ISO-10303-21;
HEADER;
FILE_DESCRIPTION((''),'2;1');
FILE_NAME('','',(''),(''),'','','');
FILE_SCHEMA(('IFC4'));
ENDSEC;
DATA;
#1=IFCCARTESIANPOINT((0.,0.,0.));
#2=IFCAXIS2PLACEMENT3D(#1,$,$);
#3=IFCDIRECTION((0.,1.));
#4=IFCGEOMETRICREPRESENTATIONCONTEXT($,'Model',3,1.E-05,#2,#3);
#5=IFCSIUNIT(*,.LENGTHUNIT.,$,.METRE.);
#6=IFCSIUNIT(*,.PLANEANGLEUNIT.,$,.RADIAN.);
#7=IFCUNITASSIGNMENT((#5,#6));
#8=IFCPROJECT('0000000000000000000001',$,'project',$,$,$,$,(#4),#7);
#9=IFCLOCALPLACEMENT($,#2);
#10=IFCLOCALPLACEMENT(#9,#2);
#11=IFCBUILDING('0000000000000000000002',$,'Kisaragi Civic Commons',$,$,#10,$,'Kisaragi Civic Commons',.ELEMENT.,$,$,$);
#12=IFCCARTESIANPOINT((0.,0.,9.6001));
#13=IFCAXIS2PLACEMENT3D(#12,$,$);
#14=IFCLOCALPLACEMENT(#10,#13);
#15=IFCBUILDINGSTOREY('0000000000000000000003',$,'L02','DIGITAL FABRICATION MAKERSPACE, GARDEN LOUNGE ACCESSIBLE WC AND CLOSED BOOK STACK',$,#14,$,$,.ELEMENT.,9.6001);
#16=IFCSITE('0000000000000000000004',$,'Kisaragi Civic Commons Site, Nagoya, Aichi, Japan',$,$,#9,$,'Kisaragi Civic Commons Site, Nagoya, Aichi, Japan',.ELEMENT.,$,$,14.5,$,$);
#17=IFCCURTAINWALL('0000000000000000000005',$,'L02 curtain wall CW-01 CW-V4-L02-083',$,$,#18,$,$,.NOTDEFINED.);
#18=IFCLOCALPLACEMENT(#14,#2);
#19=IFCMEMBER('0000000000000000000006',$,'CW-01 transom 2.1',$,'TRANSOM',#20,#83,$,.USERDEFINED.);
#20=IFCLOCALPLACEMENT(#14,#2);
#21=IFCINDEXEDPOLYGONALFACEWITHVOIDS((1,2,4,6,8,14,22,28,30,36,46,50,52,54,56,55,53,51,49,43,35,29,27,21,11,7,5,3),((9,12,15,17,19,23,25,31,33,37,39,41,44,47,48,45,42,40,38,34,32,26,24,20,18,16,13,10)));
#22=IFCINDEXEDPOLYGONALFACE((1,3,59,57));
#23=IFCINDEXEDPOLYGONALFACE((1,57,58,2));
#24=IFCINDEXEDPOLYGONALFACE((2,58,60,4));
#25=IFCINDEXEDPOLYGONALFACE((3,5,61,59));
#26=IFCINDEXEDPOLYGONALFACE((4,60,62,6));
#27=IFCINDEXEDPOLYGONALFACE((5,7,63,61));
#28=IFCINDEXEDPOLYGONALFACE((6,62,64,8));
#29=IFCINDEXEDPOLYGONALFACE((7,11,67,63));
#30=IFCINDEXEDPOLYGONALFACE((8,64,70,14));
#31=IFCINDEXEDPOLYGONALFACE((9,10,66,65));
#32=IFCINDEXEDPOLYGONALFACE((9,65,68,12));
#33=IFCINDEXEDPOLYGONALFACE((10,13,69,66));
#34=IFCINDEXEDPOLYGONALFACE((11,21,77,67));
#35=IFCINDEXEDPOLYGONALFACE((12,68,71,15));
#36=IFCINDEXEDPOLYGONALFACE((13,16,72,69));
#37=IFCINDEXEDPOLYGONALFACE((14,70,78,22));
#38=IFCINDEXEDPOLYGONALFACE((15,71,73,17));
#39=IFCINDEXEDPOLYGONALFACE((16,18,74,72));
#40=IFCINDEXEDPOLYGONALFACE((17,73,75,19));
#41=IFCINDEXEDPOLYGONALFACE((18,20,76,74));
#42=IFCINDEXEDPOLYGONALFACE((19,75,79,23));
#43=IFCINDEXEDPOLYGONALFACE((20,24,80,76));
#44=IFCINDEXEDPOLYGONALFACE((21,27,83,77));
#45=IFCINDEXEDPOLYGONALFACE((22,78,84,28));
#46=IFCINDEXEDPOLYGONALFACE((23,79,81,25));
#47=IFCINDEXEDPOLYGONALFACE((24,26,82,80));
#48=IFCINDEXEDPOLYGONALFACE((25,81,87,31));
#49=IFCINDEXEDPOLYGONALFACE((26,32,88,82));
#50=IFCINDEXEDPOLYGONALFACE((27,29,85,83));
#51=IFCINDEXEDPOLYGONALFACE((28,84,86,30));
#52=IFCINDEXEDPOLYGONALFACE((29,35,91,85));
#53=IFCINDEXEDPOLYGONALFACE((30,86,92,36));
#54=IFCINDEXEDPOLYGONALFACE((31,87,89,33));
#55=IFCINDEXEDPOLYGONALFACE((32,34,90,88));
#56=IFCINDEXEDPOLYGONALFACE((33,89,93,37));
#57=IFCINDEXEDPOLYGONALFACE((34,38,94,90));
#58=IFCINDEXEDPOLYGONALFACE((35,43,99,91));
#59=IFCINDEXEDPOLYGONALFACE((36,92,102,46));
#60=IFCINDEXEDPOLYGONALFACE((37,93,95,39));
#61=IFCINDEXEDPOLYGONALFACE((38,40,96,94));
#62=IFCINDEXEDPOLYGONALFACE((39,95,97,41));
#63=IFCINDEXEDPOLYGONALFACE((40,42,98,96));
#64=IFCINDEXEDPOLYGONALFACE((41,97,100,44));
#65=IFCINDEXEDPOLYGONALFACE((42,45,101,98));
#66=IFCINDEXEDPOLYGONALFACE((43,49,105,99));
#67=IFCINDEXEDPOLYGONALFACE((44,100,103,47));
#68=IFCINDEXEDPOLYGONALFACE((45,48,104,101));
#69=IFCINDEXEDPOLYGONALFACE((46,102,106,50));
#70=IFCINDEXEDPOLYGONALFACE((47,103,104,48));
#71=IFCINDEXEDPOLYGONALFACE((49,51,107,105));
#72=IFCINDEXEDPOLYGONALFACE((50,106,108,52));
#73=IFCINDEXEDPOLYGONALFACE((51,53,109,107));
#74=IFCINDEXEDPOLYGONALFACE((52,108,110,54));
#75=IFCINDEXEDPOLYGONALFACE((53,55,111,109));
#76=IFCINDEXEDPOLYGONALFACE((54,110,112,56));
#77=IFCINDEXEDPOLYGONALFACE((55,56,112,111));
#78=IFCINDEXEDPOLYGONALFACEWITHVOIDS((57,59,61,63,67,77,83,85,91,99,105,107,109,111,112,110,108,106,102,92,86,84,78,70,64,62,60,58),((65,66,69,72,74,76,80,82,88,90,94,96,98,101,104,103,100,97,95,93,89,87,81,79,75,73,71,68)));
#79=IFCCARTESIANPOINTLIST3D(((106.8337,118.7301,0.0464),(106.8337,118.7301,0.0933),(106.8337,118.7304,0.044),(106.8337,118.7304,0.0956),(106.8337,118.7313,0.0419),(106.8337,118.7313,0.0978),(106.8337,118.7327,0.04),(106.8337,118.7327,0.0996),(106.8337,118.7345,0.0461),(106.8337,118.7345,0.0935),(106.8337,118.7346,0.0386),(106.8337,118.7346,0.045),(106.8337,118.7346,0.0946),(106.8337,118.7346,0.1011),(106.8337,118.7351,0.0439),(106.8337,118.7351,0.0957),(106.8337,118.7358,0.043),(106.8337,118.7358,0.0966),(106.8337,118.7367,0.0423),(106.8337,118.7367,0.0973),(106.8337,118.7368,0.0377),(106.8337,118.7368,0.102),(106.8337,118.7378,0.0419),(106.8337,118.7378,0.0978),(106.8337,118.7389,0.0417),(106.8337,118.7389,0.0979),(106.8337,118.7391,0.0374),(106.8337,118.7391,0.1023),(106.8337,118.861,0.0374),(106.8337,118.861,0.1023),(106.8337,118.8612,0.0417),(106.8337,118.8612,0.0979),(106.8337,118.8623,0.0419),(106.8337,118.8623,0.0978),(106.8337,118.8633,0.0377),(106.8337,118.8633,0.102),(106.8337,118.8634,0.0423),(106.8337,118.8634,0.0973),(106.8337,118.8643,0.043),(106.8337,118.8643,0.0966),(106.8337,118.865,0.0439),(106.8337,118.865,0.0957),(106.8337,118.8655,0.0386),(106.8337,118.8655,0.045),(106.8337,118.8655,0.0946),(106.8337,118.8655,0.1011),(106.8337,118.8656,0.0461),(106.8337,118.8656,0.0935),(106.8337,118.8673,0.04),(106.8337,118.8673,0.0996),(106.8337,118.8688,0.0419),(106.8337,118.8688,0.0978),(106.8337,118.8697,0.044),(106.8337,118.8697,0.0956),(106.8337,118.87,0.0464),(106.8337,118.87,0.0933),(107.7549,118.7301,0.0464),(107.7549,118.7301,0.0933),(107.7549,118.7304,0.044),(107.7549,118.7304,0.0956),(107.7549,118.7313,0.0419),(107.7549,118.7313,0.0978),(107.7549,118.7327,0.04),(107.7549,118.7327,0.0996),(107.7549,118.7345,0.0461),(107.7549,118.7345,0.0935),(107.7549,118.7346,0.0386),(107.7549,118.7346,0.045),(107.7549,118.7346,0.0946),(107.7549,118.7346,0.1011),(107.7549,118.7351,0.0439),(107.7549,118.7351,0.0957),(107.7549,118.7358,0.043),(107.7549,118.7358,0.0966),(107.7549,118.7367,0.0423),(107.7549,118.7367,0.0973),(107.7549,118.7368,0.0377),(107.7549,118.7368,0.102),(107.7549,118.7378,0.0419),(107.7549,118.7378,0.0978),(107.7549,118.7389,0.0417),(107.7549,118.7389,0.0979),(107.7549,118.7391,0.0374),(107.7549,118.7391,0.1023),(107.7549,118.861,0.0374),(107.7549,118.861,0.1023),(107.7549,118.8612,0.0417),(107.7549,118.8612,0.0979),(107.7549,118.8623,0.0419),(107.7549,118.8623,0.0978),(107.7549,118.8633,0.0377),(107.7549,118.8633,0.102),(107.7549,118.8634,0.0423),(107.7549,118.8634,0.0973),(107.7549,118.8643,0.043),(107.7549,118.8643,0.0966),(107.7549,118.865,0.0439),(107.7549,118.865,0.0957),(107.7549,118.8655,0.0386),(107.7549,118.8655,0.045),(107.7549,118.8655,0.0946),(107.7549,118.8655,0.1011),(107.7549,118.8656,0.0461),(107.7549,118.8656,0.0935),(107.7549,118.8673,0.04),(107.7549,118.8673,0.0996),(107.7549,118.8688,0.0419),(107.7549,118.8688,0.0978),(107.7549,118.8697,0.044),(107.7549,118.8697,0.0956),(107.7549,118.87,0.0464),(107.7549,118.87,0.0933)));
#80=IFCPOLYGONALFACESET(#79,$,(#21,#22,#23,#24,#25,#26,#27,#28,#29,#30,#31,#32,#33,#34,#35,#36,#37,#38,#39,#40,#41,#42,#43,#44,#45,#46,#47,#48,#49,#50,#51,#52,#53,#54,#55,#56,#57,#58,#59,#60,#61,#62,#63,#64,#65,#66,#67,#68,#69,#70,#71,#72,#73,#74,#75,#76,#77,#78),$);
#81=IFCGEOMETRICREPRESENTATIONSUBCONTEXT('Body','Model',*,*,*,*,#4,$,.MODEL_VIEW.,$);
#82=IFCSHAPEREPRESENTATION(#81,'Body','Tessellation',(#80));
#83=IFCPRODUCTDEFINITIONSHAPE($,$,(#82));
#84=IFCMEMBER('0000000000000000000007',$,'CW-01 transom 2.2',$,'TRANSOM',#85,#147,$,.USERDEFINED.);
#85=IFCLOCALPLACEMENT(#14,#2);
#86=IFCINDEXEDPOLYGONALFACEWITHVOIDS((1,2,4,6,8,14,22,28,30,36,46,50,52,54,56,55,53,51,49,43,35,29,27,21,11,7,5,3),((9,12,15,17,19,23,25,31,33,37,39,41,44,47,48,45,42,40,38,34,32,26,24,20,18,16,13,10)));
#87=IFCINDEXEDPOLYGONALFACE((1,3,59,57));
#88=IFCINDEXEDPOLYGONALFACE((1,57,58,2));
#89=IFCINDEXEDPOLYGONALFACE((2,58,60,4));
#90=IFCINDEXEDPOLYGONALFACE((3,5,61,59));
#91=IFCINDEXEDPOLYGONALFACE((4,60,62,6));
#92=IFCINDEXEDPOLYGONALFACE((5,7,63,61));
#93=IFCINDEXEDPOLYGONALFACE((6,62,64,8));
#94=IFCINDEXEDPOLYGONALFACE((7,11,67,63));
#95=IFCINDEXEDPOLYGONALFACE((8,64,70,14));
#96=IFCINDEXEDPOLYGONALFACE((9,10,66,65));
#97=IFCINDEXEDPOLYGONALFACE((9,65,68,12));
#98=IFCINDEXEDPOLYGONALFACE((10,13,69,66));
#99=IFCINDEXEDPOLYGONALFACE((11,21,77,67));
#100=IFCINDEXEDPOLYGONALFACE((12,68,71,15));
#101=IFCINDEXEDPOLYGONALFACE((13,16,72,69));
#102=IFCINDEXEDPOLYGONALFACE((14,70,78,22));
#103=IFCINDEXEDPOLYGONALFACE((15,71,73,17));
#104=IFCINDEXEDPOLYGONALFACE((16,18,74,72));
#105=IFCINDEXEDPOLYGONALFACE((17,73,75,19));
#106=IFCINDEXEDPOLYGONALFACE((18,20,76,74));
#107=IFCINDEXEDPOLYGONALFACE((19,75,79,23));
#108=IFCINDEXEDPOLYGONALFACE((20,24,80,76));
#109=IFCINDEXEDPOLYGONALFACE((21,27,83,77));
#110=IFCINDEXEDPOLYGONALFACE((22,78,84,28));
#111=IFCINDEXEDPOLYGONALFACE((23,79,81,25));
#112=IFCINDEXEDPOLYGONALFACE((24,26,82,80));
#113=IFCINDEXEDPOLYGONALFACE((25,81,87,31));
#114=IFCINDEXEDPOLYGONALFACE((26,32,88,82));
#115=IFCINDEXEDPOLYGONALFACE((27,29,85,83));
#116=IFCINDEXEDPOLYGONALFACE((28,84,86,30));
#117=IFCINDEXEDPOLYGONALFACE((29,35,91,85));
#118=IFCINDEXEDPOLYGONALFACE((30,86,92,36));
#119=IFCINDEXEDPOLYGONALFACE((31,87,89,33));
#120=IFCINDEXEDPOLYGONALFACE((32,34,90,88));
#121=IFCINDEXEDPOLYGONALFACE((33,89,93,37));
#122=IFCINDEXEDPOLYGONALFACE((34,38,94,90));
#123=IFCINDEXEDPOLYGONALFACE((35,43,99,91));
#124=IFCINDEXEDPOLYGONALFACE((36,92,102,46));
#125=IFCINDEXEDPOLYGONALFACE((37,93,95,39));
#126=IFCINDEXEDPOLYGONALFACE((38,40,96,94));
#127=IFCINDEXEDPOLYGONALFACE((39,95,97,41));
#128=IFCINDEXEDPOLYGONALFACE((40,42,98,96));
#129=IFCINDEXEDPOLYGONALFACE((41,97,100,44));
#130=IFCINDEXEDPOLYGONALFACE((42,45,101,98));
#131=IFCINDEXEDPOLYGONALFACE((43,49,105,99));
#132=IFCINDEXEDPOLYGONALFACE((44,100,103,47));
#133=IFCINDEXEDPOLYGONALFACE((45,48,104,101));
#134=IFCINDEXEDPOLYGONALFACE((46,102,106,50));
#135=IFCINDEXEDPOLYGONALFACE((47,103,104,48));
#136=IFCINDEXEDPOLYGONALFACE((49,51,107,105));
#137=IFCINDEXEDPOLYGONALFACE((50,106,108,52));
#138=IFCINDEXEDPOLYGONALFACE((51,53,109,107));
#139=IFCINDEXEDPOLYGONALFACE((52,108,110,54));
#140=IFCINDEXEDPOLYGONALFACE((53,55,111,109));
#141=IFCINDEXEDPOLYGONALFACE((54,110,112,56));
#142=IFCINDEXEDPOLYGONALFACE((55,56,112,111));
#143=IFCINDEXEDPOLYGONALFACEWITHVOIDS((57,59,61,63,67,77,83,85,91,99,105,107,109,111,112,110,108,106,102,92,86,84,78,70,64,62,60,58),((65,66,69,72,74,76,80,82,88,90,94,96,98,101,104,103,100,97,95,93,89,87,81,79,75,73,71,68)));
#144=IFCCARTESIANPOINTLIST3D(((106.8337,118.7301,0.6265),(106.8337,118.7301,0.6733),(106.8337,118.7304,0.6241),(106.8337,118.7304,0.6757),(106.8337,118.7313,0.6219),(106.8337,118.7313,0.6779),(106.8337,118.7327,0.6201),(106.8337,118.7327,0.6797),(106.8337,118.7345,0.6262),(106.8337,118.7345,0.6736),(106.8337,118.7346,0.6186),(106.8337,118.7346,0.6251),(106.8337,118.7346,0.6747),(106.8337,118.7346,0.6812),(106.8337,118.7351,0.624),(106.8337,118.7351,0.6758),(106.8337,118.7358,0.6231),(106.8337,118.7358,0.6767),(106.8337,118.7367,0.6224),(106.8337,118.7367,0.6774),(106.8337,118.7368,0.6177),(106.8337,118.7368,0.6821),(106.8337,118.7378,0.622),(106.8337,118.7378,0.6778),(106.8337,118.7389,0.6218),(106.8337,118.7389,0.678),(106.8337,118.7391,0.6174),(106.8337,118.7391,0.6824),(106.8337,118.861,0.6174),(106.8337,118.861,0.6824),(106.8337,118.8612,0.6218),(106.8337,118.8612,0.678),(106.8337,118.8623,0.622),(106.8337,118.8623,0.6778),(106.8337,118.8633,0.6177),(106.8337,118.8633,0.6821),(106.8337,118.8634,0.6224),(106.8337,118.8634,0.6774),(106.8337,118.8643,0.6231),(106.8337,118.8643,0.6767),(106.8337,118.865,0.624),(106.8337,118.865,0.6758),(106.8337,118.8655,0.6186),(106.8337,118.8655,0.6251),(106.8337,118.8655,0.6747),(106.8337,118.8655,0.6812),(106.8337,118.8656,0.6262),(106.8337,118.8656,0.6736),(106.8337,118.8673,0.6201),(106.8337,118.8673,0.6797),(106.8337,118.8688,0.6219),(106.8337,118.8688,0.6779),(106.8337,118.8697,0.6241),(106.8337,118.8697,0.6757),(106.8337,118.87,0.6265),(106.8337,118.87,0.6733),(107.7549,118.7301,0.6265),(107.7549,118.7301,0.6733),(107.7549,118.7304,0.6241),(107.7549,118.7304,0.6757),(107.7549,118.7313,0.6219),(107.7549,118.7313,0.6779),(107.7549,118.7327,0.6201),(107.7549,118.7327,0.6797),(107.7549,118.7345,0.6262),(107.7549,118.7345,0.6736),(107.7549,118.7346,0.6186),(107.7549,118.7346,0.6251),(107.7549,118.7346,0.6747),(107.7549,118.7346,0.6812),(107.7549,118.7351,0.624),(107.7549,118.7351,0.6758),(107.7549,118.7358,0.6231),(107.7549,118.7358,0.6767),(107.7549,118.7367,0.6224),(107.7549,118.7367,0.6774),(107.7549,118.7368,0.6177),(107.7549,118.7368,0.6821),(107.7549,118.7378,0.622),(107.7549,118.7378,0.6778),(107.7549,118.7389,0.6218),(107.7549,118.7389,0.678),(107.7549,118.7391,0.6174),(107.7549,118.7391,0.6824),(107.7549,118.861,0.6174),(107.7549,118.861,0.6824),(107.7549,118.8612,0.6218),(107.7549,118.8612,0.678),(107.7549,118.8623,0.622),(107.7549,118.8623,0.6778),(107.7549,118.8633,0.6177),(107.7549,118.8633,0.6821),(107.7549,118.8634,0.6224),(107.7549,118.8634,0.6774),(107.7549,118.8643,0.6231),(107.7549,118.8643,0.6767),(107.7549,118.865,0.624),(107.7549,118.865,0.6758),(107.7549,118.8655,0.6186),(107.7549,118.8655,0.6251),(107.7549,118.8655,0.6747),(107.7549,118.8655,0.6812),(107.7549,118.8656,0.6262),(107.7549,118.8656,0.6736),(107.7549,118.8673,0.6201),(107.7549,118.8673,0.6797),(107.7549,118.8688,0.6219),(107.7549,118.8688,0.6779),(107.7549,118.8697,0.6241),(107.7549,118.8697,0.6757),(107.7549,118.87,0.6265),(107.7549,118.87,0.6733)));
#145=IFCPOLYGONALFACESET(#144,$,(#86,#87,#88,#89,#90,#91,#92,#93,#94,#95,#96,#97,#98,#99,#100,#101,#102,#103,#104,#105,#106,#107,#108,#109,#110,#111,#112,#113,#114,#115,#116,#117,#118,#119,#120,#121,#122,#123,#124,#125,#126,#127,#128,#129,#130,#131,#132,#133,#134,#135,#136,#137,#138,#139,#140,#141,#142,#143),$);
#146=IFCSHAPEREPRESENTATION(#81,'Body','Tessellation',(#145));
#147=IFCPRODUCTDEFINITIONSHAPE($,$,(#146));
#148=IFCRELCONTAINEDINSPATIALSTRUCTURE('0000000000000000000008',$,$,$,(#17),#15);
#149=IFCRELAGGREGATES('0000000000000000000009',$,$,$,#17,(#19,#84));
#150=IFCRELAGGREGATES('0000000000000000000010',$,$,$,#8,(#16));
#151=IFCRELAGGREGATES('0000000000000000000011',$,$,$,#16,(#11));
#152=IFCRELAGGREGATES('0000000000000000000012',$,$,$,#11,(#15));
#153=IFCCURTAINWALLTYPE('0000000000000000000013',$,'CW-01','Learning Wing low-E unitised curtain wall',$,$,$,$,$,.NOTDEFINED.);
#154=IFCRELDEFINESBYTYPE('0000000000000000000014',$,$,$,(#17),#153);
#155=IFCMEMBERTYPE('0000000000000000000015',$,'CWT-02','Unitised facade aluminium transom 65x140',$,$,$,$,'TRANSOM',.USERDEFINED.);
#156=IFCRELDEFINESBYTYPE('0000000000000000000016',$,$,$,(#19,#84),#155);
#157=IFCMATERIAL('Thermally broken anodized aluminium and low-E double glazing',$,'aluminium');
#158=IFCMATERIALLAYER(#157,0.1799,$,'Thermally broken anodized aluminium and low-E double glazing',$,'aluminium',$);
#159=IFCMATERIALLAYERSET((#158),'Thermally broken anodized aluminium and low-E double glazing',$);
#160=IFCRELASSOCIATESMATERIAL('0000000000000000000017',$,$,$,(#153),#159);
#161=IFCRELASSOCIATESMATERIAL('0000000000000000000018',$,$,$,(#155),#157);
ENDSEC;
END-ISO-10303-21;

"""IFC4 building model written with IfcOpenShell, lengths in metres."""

from ifc_helpers import new_model, si_unit, direction, frame, origin, origin_2d, place, context, subcontext, project, spatial, hollow_rectangle, extrude, material, layer, layer_set, material_profile, profile_set, type_object, element, aggregate, save


model = new_model("IFC4")

# Units and contexts
model_context = context("Model", 3, precision=1e-05, world=origin(), true_north=direction((0.0, 1.0)))
body_context = subcontext(model_context, "Body", "Model", "MODEL_VIEW")
ifc_project = project(units=[si_unit("LENGTHUNIT", "METRE"), si_unit("PLANEANGLEUNIT", "RADIAN")], contexts=[model_context])

# Site, building, storey
site_placement = place(None, origin())
site = spatial("IfcSite", under=ifc_project, at=site_placement, Name="Kisaragi Civic Commons Site, Nagoya, Aichi, Japan", LongName="Kisaragi Civic Commons Site, Nagoya, Aichi, Japan", CompositionType="ELEMENT", RefElevation=14.5)
building_placement = place(site_placement, origin())
building = spatial("IfcBuilding", under=site, at=building_placement, Name="Kisaragi Civic Commons", LongName="Kisaragi Civic Commons", CompositionType="ELEMENT")
storey_placement = place(building_placement, frame((0.0, 0.0, 9.6001)))
storey = spatial("IfcBuildingStorey", under=building, at=storey_placement, Name="L02", Description="DIGITAL FABRICATION MAKERSPACE, GARDEN LOUNGE ACCESSIBLE WC AND CLOSED BOOK STACK", CompositionType="ELEMENT", Elevation=9.6001)

# Curtain wall
ifc_material_1 = material(Name="Thermally broken anodized aluminium and low-E double glazing", Category="aluminium")
ifc_layer_1 = layer(ifc_material_1, 0.1799, Name="Thermally broken anodized aluminium and low-E double glazing", Category="aluminium")
ifc_layer_set_1 = layer_set([ifc_layer_1], Name="Thermally broken anodized aluminium and low-E double glazing")
curtain_wall_type = type_object("IfcCurtainWallType", Name="CW-01", Description="Learning Wing low-E unitised curtain wall", PredefinedType="NOTDEFINED", material=ifc_layer_set_1)
curtain_wall_1_placement = place(storey_placement, origin())
curtain_wall_1 = element("IfcCurtainWall", 1, at=curtain_wall_1_placement, inside=storey, type_object=curtain_wall_type, Name="L02 curtain wall CW-01 CW-V4-L02-083", PredefinedType="NOTDEFINED")

# Members
ifc_material_profile_1 = material_profile(ifc_material_1, hollow_rectangle(XDim=0.1399, YDim=0.0649, WallThickness=0.0044, InnerFilletRadius=0.0044, OuterFilletRadius=0.009, at=origin_2d()), Name="CWT-65x140x4.5", Category="aluminium")
ifc_profile_set_1 = profile_set([ifc_material_profile_1], Name="Thermally broken anodized aluminium and low-E double glazing")
member_type_1 = type_object("IfcMemberType", Name="CWT-02", Description="Unitised facade aluminium transom 65x140", ElementType="TRANSOM", PredefinedType="USERDEFINED", material=ifc_profile_set_1)
member_1_placement = place(storey_placement, frame((106.8337, 118.8, 0.0698), z_axis=(1.0, 0.0, 0.0), x_axis=(0.0, 1.0, 0.0)))
member_1 = element("IfcMember", 2, at=member_1_placement, type_object=member_type_1, Name="CW-01 transom 2.1", ObjectType="TRANSOM", PredefinedType="USERDEFINED", context=body_context, shape_type="SweptSolid", body=[
    extrude(hollow_rectangle(XDim=0.1399, YDim=0.0649, WallThickness=0.0044, InnerFilletRadius=0.0044, OuterFilletRadius=0.009, at=origin_2d()), origin(), (0.0, 0.0, 1.0), 0.9211),
])
member_2_placement = place(storey_placement, frame((106.8337, 118.8, 0.6499), z_axis=(1.0, 0.0, 0.0), x_axis=(0.0, 1.0, 0.0)))
member_2 = element("IfcMember", 3, at=member_2_placement, type_object=member_type_1, Name="CW-01 transom 2.2", ObjectType="TRANSOM", PredefinedType="USERDEFINED", context=body_context, shape_type="SweptSolid", body=[
    extrude(hollow_rectangle(XDim=0.1399, YDim=0.0649, WallThickness=0.0044, InnerFilletRadius=0.0044, OuterFilletRadius=0.009, at=origin_2d()), origin(), (0.0, 0.0, 1.0), 0.9211),
])

aggregate(curtain_wall_1, [member_1, member_2])

save(model, "model.ifc")
